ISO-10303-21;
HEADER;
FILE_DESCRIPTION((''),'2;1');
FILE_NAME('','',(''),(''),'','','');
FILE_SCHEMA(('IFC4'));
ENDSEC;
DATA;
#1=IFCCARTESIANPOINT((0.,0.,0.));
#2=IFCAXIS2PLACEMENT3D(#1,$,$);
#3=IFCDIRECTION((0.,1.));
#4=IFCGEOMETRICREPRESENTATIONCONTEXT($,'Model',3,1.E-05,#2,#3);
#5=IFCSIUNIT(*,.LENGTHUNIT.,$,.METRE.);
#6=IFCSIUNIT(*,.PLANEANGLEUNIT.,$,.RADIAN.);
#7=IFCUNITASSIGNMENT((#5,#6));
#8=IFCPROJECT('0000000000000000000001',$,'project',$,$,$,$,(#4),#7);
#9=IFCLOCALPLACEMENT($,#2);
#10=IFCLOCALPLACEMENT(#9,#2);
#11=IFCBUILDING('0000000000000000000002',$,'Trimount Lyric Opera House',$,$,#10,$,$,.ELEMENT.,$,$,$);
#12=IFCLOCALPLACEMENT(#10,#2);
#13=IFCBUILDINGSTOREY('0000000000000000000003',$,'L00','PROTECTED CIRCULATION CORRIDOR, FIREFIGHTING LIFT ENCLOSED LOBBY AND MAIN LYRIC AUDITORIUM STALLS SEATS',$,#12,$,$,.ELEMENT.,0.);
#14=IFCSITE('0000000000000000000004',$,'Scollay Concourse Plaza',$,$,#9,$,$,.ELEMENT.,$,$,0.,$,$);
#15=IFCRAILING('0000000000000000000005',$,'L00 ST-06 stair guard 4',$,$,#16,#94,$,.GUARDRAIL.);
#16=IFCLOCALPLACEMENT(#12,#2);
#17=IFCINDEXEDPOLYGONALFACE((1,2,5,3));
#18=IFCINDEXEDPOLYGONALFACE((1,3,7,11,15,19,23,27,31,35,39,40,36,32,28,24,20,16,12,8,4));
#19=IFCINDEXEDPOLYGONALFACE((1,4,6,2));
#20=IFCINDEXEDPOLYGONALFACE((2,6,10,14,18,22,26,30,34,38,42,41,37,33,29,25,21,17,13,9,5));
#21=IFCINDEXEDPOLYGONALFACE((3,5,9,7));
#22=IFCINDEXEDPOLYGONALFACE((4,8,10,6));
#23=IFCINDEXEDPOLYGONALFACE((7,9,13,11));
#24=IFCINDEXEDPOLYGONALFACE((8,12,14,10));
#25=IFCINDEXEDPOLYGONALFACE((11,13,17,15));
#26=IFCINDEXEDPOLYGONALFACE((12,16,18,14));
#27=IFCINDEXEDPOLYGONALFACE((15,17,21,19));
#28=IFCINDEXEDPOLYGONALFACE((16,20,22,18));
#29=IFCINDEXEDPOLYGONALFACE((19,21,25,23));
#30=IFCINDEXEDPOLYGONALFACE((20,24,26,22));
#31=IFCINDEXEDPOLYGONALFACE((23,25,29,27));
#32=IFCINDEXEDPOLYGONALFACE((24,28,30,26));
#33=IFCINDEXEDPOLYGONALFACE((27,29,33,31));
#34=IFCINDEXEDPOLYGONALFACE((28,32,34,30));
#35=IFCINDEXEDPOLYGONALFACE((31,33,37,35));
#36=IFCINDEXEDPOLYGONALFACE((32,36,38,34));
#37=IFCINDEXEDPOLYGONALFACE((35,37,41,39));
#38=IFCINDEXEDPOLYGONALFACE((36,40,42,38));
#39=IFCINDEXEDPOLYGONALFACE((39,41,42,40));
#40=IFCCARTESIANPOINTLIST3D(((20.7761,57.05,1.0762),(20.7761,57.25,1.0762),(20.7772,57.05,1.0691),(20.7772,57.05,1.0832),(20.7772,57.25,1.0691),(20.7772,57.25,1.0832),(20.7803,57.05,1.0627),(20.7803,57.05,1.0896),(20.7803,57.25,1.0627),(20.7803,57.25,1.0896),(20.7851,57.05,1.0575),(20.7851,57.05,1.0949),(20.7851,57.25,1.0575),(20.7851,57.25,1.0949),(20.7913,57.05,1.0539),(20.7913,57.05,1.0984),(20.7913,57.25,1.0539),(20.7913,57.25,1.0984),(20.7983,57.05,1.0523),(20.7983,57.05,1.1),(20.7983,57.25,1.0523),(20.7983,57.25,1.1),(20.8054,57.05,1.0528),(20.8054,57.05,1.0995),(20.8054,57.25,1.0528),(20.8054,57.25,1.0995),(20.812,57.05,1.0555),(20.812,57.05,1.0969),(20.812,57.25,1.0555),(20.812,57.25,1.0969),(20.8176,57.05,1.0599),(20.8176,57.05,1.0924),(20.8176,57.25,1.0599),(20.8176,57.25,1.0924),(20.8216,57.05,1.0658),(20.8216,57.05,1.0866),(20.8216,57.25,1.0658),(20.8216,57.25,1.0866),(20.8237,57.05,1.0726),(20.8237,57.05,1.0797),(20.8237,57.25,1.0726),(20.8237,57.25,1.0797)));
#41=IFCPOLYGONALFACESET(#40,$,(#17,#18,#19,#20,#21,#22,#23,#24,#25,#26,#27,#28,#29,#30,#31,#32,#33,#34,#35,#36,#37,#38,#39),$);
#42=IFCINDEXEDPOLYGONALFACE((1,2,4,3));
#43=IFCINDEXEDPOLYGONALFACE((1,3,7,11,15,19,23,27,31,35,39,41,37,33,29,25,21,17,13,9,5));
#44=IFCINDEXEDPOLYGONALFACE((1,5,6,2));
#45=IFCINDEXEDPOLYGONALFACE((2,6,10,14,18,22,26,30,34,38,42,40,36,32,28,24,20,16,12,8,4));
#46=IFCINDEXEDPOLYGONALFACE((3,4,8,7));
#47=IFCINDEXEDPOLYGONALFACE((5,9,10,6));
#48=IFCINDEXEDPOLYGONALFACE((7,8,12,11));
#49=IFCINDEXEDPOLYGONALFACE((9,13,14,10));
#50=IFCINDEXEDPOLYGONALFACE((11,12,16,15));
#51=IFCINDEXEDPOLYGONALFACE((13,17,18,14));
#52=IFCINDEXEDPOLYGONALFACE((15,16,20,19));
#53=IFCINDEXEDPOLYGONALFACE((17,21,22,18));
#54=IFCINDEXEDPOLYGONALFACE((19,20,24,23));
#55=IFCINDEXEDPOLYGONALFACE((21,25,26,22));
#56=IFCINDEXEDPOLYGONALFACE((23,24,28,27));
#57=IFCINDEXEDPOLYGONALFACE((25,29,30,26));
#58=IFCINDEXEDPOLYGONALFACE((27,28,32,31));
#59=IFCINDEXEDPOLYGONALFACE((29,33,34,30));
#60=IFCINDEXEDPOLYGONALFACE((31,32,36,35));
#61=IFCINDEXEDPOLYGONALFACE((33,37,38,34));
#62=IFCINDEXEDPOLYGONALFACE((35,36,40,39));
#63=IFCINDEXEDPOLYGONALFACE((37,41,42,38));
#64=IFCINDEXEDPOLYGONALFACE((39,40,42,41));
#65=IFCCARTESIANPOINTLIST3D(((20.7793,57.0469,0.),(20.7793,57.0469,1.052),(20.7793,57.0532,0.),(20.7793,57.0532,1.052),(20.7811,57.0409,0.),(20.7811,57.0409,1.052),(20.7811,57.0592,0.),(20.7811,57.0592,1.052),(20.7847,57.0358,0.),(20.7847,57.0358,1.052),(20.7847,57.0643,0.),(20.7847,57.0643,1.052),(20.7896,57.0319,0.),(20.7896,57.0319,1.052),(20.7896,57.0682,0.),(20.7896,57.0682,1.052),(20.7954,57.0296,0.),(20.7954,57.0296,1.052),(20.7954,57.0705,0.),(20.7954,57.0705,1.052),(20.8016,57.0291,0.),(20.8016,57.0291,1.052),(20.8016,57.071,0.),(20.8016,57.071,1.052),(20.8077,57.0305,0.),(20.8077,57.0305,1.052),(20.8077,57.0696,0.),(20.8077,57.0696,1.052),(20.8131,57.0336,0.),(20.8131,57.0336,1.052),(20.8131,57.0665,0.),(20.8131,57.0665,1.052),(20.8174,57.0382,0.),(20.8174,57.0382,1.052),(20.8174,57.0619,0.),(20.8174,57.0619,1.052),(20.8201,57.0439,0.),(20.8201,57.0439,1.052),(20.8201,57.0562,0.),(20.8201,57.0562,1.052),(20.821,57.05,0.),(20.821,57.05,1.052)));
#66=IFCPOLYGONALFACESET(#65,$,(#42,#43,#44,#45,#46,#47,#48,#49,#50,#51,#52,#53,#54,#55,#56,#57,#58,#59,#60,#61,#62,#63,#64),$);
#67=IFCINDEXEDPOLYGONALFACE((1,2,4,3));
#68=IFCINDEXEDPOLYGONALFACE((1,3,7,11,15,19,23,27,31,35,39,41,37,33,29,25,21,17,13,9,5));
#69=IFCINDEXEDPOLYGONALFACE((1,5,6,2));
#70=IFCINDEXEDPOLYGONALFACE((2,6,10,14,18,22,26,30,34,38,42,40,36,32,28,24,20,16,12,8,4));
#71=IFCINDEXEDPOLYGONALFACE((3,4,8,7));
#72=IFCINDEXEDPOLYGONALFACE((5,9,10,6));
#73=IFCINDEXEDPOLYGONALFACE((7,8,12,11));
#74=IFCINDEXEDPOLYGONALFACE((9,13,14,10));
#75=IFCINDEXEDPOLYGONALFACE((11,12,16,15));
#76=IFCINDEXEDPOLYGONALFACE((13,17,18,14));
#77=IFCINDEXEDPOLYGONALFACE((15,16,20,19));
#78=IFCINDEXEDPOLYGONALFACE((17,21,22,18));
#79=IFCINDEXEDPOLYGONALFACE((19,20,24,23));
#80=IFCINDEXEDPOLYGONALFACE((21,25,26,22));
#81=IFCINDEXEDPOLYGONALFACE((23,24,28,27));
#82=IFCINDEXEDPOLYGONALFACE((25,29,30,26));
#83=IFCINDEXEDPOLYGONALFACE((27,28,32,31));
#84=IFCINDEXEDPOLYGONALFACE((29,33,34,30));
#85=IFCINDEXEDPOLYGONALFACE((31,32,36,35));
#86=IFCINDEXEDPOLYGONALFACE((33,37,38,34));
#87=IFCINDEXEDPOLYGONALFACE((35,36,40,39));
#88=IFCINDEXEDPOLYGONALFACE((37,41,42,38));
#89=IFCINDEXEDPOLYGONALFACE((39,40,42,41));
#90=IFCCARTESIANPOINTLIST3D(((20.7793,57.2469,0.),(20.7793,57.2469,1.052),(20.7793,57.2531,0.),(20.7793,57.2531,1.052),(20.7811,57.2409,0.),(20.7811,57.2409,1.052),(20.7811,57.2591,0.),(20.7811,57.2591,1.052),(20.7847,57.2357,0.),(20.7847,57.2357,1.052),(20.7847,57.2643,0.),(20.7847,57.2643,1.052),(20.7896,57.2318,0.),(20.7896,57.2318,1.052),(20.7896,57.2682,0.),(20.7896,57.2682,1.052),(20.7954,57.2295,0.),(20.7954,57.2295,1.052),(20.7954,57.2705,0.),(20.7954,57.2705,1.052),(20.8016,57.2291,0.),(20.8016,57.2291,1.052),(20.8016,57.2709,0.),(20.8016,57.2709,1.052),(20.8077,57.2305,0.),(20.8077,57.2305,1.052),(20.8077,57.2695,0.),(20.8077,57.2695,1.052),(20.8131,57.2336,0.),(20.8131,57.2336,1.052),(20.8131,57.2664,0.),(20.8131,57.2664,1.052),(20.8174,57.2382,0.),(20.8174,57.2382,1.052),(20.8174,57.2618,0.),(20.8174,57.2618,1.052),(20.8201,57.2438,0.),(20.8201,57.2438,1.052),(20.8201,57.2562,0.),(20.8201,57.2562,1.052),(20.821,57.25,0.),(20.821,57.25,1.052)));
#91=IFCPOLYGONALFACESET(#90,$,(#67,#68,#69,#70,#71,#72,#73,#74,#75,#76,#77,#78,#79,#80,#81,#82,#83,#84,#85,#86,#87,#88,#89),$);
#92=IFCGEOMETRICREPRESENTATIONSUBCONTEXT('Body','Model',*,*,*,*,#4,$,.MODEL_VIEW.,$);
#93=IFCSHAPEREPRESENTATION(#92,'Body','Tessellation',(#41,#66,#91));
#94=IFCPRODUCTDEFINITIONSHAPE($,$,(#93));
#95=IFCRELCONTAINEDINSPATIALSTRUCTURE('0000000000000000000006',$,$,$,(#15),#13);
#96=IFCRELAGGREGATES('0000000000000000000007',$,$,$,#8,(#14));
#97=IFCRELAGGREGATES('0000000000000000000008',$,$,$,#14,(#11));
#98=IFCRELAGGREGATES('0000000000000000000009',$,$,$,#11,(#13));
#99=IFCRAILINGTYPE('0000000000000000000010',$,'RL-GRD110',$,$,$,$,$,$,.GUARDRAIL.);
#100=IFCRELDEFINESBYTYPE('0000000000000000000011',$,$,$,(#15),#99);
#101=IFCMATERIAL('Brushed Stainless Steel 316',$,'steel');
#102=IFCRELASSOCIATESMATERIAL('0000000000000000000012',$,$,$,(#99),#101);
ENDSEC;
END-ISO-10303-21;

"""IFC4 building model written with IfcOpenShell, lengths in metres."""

from ifc_helpers import new_model, si_unit, direction, frame, origin, origin_2d, place, context, subcontext, project, spatial, circle, extrude, material, type_object, element, save


model = new_model("IFC4")

# Units and contexts
model_context = context("Model", 3, precision=1e-05, world=origin(), true_north=direction((0.0, 1.0)))
body_context = subcontext(model_context, "Body", "Model", "MODEL_VIEW")
ifc_project = project(units=[si_unit("LENGTHUNIT", "METRE"), si_unit("PLANEANGLEUNIT", "RADIAN")], contexts=[model_context])

# Site, building, storey
site_placement = place(None, origin())
site = spatial("IfcSite", under=ifc_project, at=site_placement, Name="Scollay Concourse Plaza", CompositionType="ELEMENT", RefElevation=0.0)
building_placement = place(site_placement, origin())
building = spatial("IfcBuilding", under=site, at=building_placement, Name="Trimount Lyric Opera House", CompositionType="ELEMENT")
storey_placement = place(building_placement, origin())
storey = spatial("IfcBuildingStorey", under=building, at=storey_placement, Name="L00", Description="PROTECTED CIRCULATION CORRIDOR, FIREFIGHTING LIFT ENCLOSED LOBBY AND MAIN LYRIC AUDITORIUM STALLS SEATS", CompositionType="ELEMENT", Elevation=0.0)

# Railing
ifc_material_1 = material(Name="Brushed Stainless Steel 316", Category="steel")
railing_type_1 = type_object("IfcRailingType", Name="RL-GRD110", PredefinedType="GUARDRAIL", material=ifc_material_1)
railing_1_placement = place(storey_placement, frame((20.8, 57.05, 0.0)))
element("IfcRailing", 1, at=railing_1_placement, inside=storey, type_object=railing_type_1, Name="L00 ST-06 stair guard 4", PredefinedType="GUARDRAIL", context=body_context, shape_type="SweptSolid", body=[
    extrude(circle(Radius=0.0239, at=origin_2d()), frame((0.0, 0.0, 1.0762), z_axis=(0.0, 1.0, 0.0), x_axis=(-1.0, 0.0, 0.0)), (0.0, 0.0, 1.0), 0.2),
    extrude(circle(Radius=0.021, at=origin_2d()), origin(), (0.0, 0.0, 1.0), 1.052),
    extrude(circle(Radius=0.021, at=origin_2d()), frame((0.0, 0.2, 0.0)), (0.0, 0.0, 1.0), 1.052),
])

save(model, "model.ifc")
